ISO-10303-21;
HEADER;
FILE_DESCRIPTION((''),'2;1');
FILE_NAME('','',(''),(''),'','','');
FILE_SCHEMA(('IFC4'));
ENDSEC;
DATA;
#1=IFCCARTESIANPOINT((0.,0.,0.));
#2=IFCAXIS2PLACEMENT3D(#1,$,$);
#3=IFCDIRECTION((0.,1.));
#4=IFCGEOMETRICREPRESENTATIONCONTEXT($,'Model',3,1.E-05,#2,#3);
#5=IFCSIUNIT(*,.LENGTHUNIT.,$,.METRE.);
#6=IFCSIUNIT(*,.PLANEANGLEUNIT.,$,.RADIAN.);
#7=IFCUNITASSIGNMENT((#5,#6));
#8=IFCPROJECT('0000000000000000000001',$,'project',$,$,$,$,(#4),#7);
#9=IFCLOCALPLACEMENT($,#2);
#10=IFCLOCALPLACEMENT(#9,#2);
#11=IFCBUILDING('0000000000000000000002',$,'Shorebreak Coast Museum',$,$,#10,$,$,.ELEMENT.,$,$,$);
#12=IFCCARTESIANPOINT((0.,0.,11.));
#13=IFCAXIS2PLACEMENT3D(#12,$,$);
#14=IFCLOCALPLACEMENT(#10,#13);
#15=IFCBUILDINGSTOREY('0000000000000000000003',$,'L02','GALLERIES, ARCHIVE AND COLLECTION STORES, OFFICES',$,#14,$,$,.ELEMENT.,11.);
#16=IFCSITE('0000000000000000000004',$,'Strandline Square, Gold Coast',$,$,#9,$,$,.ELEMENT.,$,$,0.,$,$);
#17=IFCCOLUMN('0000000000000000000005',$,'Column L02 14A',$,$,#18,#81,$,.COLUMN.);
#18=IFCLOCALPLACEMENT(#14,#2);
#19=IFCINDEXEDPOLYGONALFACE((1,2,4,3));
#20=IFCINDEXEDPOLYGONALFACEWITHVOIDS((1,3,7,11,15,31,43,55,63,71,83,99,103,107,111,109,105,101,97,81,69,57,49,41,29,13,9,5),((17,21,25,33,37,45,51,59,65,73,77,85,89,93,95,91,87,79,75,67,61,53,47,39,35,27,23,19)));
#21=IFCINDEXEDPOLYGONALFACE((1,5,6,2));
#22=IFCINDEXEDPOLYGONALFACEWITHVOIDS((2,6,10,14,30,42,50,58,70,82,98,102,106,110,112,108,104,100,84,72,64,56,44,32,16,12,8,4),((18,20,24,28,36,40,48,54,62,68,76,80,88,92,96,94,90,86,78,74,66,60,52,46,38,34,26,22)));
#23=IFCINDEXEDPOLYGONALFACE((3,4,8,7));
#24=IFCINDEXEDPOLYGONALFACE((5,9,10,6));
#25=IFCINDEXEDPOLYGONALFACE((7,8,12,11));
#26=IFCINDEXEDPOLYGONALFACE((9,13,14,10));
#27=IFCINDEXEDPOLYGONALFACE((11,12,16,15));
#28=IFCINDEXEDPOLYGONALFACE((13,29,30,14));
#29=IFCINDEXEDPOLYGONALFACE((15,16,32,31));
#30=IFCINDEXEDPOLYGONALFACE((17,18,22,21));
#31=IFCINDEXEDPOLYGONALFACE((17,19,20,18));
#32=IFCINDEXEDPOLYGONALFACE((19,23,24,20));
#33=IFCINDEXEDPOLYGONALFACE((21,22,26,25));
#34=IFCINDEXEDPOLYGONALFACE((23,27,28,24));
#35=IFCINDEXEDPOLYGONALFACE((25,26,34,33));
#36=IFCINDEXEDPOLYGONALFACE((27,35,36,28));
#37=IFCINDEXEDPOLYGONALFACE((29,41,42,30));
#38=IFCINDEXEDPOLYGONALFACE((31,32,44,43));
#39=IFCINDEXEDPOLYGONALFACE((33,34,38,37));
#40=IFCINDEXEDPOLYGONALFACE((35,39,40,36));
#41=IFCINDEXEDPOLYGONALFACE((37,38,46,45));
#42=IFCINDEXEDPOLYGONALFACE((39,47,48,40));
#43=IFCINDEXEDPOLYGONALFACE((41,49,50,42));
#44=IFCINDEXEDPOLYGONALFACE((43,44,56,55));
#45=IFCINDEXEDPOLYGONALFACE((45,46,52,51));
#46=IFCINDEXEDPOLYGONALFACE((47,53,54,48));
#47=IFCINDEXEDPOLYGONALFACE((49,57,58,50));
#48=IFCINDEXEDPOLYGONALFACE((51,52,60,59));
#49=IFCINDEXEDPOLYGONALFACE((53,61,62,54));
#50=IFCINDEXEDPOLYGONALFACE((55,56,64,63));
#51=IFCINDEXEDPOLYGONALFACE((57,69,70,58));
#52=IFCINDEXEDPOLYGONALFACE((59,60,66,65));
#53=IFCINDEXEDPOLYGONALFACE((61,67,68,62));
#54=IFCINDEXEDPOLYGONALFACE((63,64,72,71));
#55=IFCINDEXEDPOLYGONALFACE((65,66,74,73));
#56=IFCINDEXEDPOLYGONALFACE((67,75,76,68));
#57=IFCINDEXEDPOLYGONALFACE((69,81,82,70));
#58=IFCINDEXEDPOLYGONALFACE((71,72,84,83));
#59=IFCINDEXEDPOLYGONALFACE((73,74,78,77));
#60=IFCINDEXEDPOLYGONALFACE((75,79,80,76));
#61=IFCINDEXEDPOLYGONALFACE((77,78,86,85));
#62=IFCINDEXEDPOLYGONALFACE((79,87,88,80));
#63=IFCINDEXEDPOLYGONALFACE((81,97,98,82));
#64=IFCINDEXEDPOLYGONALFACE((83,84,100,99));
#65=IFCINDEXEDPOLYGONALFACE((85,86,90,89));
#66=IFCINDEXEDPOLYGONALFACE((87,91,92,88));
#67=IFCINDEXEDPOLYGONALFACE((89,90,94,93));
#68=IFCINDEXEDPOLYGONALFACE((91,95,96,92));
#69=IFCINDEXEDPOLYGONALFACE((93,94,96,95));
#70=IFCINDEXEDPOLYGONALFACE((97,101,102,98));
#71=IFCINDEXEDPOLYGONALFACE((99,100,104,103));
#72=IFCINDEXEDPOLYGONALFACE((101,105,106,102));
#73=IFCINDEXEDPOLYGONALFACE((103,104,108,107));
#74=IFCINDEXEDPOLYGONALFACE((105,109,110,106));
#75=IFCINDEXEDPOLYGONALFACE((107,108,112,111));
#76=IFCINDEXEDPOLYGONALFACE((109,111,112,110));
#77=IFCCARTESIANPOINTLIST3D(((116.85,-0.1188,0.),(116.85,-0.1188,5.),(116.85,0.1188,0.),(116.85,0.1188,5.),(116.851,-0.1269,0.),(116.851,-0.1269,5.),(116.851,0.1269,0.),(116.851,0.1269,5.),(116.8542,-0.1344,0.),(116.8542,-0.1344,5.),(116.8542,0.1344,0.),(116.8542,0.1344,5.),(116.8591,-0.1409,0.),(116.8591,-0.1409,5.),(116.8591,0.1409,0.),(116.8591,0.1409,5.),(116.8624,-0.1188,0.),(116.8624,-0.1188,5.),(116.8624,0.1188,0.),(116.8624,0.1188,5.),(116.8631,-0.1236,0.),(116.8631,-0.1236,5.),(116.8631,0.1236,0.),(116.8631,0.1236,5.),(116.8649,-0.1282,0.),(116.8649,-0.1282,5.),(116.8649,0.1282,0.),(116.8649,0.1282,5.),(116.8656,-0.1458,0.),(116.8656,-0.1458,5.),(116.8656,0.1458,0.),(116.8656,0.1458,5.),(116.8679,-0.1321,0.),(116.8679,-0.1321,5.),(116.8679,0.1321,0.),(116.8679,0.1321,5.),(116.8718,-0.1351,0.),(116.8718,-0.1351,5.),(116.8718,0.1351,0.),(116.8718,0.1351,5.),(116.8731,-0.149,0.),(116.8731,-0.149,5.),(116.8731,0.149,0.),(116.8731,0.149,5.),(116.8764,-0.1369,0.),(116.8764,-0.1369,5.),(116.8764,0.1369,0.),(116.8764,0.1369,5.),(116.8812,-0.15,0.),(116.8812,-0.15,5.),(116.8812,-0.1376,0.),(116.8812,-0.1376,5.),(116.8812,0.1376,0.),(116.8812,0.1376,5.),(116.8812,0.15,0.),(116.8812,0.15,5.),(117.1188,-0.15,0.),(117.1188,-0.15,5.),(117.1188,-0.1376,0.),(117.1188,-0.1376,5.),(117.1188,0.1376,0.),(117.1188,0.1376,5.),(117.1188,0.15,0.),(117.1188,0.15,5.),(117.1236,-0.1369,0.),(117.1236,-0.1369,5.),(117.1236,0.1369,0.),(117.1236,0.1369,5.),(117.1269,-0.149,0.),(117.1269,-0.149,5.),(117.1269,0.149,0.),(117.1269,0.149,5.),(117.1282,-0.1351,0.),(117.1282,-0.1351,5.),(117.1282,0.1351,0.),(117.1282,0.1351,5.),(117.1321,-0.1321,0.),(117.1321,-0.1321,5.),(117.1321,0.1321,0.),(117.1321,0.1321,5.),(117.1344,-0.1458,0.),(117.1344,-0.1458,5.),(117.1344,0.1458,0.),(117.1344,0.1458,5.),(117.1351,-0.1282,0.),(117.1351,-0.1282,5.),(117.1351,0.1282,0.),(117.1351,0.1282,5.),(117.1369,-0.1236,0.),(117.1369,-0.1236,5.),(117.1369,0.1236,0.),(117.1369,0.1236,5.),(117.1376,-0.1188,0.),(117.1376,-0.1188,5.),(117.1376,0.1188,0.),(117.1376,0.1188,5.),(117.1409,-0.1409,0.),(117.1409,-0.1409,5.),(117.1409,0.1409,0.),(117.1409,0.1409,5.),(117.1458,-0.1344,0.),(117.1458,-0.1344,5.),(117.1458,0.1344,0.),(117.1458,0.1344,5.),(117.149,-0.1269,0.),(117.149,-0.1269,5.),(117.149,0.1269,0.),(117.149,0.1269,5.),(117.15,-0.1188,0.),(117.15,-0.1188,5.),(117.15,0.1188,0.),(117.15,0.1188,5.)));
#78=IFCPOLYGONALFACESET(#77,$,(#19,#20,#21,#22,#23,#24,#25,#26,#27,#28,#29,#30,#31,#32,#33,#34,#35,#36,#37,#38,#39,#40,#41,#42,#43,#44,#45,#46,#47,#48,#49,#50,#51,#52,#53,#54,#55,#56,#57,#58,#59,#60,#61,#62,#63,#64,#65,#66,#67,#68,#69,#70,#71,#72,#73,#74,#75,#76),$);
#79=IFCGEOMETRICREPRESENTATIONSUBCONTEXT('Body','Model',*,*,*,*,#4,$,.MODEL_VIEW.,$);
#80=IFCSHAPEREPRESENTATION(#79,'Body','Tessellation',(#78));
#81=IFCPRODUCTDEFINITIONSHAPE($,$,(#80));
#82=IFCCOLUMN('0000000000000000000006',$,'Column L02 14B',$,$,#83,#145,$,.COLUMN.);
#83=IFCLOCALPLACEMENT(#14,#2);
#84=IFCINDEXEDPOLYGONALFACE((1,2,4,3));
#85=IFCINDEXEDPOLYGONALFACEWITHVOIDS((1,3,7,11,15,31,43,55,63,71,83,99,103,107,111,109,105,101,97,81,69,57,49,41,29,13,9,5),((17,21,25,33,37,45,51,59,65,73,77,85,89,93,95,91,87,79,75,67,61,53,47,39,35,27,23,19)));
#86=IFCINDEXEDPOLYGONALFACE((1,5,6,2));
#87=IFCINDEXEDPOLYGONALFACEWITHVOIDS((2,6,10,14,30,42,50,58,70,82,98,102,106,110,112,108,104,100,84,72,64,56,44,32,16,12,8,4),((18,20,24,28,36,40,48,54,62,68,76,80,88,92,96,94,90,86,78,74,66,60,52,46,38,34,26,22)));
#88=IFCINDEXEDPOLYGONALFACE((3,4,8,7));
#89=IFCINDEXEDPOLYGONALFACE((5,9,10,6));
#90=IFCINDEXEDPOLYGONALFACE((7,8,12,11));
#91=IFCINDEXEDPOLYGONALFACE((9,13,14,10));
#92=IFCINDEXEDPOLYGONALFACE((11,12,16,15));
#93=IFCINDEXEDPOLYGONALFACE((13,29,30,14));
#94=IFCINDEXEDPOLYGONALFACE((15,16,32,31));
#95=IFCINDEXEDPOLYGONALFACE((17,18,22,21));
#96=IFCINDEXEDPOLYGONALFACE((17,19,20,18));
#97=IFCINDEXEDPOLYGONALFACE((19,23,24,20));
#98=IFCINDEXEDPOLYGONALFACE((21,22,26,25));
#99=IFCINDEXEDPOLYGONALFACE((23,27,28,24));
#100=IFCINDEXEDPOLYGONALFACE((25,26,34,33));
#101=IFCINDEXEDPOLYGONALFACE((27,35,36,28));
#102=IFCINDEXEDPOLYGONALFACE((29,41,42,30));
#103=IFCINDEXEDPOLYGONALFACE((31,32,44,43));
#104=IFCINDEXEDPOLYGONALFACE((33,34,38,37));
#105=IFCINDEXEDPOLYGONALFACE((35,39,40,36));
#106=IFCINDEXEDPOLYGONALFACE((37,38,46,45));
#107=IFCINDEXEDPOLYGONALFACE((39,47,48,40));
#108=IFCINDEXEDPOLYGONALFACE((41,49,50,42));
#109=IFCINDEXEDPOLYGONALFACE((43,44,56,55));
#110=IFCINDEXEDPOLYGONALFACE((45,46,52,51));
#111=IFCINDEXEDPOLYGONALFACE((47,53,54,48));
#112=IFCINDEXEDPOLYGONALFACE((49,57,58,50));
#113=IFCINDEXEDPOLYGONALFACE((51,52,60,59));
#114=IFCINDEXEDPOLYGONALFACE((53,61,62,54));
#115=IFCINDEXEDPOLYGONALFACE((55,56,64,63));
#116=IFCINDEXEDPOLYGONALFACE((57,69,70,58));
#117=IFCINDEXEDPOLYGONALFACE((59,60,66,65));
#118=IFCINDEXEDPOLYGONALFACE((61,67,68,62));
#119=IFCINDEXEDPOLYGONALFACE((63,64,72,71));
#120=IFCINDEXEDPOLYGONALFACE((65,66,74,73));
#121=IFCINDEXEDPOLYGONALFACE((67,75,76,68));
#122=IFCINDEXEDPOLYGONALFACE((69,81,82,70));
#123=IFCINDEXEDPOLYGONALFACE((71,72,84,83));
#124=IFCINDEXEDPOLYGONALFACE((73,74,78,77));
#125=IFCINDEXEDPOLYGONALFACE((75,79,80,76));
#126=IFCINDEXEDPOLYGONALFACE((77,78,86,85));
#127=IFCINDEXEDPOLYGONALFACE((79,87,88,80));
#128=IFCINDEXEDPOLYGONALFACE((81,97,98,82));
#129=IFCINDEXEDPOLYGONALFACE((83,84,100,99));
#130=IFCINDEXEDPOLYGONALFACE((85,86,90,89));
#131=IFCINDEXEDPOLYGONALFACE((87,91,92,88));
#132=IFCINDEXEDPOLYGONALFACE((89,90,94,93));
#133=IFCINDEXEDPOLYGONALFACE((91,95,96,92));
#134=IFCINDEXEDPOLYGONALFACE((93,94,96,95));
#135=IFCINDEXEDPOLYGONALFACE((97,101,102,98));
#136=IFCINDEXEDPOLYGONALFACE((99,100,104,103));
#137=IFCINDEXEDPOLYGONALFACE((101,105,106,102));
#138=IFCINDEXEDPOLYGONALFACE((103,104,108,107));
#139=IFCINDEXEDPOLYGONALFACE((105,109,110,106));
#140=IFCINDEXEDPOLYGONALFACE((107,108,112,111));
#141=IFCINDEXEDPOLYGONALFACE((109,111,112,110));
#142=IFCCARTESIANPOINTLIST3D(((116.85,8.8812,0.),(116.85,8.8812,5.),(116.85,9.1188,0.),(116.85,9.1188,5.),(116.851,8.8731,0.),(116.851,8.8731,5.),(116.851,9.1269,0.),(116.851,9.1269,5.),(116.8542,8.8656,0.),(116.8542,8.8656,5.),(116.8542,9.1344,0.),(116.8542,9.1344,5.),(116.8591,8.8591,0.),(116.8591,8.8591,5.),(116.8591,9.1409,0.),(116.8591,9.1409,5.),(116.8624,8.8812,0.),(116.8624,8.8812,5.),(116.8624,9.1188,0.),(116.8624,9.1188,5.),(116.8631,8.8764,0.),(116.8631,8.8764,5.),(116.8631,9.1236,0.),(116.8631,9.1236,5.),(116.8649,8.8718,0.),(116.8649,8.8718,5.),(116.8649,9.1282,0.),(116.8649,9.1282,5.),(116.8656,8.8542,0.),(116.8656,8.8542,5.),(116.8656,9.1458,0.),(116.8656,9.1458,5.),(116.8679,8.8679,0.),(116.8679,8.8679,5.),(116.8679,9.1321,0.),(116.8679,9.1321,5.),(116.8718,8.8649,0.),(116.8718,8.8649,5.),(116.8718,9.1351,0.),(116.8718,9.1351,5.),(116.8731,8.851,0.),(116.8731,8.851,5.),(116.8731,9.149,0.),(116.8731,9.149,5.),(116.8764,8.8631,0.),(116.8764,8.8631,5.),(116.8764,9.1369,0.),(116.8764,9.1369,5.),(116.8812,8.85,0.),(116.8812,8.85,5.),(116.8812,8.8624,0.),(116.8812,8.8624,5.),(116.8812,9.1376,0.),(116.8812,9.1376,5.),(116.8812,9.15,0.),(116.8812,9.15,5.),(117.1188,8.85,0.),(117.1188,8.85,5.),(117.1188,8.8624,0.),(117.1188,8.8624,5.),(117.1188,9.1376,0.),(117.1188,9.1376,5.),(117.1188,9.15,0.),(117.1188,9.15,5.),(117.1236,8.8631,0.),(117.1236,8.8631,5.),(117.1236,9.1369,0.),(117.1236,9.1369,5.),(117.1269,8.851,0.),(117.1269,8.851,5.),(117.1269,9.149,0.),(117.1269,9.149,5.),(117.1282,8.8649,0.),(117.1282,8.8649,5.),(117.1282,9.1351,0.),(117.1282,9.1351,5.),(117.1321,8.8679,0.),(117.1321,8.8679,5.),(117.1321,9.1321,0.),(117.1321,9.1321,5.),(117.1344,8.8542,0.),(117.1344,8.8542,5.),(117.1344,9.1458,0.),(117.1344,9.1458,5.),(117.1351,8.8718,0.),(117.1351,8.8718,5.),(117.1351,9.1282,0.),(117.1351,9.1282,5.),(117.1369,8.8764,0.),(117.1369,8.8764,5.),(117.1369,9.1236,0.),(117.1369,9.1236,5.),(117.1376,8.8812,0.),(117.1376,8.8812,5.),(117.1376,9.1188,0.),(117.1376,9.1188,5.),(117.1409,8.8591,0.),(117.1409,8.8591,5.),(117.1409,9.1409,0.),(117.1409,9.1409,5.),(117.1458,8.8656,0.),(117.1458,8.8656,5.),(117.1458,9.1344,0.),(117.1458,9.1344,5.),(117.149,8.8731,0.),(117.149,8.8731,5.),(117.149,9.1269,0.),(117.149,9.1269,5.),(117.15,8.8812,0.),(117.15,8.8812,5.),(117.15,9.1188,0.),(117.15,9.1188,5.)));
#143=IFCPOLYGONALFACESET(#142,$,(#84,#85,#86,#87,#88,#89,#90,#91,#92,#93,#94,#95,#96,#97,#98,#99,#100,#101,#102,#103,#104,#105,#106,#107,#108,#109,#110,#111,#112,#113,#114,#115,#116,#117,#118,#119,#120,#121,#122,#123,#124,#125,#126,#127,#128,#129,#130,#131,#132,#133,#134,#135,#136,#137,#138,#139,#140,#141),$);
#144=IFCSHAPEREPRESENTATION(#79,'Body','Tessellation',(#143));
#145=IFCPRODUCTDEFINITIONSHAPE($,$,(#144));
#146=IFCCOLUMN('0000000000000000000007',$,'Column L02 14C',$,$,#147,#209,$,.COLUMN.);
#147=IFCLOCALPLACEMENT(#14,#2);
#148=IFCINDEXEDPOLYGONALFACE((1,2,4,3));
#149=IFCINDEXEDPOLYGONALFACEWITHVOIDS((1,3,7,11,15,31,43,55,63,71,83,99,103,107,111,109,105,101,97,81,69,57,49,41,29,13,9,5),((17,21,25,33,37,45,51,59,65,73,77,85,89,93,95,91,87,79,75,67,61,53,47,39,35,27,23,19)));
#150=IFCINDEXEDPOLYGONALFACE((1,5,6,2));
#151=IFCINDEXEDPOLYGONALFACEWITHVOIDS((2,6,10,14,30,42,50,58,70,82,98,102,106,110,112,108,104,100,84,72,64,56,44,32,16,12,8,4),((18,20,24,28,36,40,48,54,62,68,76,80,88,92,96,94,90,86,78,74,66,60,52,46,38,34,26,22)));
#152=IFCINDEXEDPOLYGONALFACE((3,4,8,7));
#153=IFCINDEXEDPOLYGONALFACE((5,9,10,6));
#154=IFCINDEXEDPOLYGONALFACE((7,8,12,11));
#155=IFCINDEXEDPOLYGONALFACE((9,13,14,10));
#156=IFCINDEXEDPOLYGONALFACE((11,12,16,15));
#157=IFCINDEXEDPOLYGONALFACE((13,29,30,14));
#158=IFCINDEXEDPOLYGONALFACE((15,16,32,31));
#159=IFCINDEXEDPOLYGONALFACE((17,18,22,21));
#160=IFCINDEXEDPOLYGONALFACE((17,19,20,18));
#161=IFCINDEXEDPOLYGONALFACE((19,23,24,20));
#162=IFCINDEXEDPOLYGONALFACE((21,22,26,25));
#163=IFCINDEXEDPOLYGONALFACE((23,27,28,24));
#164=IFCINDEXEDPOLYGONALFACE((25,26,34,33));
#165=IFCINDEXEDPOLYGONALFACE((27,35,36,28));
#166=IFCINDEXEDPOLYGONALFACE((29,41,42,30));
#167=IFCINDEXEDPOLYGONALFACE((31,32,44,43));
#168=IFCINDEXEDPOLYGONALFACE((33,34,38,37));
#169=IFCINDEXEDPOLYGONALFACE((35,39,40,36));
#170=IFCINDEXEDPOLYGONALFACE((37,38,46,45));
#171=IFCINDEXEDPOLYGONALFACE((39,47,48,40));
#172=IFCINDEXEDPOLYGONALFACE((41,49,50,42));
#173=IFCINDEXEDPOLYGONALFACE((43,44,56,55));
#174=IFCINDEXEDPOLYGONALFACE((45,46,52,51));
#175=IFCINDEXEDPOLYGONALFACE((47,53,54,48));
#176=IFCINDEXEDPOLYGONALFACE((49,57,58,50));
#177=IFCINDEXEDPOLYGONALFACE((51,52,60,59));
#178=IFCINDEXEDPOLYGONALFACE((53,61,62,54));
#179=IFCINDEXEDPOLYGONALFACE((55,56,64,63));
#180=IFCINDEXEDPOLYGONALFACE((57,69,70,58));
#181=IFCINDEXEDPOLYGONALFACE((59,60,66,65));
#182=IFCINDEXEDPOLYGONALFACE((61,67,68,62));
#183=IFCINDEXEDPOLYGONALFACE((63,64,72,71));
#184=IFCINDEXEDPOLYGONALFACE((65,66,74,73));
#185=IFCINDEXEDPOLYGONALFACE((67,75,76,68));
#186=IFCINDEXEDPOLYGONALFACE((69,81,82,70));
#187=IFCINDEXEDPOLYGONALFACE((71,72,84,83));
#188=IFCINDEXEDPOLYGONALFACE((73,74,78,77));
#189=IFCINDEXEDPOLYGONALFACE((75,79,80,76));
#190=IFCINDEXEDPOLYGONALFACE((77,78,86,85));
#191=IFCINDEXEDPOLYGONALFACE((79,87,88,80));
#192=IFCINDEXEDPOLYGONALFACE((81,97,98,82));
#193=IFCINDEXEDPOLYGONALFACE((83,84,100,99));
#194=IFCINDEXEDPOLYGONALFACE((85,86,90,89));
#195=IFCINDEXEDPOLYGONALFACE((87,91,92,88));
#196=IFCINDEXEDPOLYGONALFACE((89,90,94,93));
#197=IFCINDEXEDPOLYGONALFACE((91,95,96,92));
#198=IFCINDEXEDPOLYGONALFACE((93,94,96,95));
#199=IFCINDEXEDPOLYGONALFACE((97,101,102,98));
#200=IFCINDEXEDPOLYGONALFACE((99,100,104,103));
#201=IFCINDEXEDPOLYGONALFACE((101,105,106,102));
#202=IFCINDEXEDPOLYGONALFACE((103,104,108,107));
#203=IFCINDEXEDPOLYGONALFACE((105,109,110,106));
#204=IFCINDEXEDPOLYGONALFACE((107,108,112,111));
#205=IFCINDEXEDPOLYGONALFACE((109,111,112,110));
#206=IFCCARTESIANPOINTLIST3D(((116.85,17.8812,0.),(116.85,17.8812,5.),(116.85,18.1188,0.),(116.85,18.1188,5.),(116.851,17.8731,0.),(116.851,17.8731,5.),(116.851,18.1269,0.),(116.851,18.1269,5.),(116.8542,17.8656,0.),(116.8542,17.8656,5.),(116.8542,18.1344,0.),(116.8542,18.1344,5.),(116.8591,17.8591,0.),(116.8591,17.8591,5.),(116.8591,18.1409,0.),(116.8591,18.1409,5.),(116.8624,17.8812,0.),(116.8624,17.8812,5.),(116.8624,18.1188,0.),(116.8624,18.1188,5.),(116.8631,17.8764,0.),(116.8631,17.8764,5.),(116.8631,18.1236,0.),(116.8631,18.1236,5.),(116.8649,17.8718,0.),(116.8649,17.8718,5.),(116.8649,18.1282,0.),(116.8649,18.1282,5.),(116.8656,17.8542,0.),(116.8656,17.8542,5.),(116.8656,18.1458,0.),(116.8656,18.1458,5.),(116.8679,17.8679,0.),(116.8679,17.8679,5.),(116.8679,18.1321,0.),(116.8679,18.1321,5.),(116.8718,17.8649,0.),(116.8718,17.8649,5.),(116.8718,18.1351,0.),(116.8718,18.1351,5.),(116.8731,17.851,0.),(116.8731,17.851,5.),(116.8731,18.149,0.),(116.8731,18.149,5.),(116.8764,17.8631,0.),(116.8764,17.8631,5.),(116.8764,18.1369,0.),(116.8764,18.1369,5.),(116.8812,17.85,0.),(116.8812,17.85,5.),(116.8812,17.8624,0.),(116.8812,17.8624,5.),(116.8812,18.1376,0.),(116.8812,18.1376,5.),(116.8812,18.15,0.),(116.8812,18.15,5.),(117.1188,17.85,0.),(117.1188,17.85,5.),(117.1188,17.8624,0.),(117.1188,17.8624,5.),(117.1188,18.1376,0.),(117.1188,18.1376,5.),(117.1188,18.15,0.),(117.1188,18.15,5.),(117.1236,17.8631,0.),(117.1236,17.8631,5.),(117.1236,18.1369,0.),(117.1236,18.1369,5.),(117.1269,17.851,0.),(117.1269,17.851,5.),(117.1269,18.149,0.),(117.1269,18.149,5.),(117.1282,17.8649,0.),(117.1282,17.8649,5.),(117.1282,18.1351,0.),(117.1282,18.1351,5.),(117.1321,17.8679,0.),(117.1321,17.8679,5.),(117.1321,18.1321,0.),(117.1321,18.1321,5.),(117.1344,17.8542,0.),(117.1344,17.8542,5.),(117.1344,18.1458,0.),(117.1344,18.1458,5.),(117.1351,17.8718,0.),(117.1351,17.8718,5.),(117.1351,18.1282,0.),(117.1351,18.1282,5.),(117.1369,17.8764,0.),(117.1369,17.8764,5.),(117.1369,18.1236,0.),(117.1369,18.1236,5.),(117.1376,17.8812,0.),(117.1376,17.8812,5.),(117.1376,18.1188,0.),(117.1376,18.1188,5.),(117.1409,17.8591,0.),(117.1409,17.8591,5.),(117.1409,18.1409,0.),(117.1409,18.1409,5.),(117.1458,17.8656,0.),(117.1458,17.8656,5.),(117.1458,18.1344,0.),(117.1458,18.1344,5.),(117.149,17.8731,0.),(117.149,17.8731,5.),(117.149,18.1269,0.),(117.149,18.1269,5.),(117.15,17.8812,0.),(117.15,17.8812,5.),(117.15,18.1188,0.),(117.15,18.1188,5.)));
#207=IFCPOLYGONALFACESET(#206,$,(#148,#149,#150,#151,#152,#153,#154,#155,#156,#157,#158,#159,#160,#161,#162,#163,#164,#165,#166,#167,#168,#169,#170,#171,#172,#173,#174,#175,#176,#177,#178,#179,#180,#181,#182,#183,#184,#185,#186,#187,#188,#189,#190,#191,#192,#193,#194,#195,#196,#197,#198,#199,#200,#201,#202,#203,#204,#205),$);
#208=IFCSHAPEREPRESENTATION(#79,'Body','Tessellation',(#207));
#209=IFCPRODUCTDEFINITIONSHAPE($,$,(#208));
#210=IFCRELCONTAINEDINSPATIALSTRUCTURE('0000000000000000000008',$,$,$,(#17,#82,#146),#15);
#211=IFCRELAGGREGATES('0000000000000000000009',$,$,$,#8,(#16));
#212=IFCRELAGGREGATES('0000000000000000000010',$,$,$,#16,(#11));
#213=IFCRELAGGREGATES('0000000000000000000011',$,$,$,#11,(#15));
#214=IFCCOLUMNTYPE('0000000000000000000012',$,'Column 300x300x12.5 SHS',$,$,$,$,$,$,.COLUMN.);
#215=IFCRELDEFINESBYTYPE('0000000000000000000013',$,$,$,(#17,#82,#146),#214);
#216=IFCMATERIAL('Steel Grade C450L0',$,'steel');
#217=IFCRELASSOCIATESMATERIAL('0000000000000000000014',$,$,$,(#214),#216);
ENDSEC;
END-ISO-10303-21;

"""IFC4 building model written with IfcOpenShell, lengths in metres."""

from ifc_helpers import new_model, si_unit, direction, frame, origin, origin_2d, place, context, subcontext, project, spatial, hollow_rectangle, extrude, material, material_profile, profile_set, type_object, element, save


model = new_model("IFC4")

# Units and contexts
model_context = context("Model", 3, precision=1e-05, world=origin(), true_north=direction((0.0, 1.0)))
body_context = subcontext(model_context, "Body", "Model", "MODEL_VIEW")
ifc_project = project(units=[si_unit("LENGTHUNIT", "METRE"), si_unit("PLANEANGLEUNIT", "RADIAN")], contexts=[model_context])

# Site, building, storey
site_placement = place(None, origin())
site = spatial("IfcSite", under=ifc_project, at=site_placement, Name="Strandline Square, Gold Coast", CompositionType="ELEMENT", RefElevation=0.0)
building_placement = place(site_placement, origin())
building = spatial("IfcBuilding", under=site, at=building_placement, Name="Shorebreak Coast Museum", CompositionType="ELEMENT")
storey_placement = place(building_placement, frame((0.0, 0.0, 11.0)))
storey = spatial("IfcBuildingStorey", under=building, at=storey_placement, Name="L02", Description="GALLERIES, ARCHIVE AND COLLECTION STORES, OFFICES", CompositionType="ELEMENT", Elevation=11.0)

# Columns
ifc_material_1 = material(Name="Steel Grade C450L0", Category="steel")
ifc_material_profile_1 = material_profile(ifc_material_1, hollow_rectangle(XDim=0.3, YDim=0.3, WallThickness=0.0125, InnerFilletRadius=0.0188, OuterFilletRadius=0.0312, at=origin_2d()), Name="300x300x12.5 SHS")
ifc_profile_set_1 = profile_set([ifc_material_profile_1], Name="Steel Grade C450L0")
column_type = type_object("IfcColumnType", Name="Column 300x300x12.5 SHS", PredefinedType="COLUMN", material=ifc_profile_set_1)
for number, where, z_axis, x_axis, name in (
    (1, (117.0, 0.0, 0.0), (0.0, 0.0, 1.0), (1.0, 0.0, 0.0), "Column L02 14A"),
    (2, (117.0, 9.0, 0.0), (0.0, 0.0, 1.0), (1.0, 0.0, 0.0), "Column L02 14B"),
    (3, (117.0, 18.0, 0.0), (0.0, 0.0, 1.0), (1.0, 0.0, 0.0), "Column L02 14C"),
):
    element("IfcColumn", number, at=place(storey_placement, frame(where, z_axis=z_axis, x_axis=x_axis)), inside=storey, type_object=column_type, Name=name, PredefinedType="COLUMN", context=body_context, shape_type="SweptSolid", body=[
        extrude(hollow_rectangle(XDim=0.3, YDim=0.3, WallThickness=0.0125, InnerFilletRadius=0.0188, OuterFilletRadius=0.0312, at=origin_2d()), origin(), (0.0, 0.0, 1.0), 5.0),
    ])

save(model, "model.ifc")
